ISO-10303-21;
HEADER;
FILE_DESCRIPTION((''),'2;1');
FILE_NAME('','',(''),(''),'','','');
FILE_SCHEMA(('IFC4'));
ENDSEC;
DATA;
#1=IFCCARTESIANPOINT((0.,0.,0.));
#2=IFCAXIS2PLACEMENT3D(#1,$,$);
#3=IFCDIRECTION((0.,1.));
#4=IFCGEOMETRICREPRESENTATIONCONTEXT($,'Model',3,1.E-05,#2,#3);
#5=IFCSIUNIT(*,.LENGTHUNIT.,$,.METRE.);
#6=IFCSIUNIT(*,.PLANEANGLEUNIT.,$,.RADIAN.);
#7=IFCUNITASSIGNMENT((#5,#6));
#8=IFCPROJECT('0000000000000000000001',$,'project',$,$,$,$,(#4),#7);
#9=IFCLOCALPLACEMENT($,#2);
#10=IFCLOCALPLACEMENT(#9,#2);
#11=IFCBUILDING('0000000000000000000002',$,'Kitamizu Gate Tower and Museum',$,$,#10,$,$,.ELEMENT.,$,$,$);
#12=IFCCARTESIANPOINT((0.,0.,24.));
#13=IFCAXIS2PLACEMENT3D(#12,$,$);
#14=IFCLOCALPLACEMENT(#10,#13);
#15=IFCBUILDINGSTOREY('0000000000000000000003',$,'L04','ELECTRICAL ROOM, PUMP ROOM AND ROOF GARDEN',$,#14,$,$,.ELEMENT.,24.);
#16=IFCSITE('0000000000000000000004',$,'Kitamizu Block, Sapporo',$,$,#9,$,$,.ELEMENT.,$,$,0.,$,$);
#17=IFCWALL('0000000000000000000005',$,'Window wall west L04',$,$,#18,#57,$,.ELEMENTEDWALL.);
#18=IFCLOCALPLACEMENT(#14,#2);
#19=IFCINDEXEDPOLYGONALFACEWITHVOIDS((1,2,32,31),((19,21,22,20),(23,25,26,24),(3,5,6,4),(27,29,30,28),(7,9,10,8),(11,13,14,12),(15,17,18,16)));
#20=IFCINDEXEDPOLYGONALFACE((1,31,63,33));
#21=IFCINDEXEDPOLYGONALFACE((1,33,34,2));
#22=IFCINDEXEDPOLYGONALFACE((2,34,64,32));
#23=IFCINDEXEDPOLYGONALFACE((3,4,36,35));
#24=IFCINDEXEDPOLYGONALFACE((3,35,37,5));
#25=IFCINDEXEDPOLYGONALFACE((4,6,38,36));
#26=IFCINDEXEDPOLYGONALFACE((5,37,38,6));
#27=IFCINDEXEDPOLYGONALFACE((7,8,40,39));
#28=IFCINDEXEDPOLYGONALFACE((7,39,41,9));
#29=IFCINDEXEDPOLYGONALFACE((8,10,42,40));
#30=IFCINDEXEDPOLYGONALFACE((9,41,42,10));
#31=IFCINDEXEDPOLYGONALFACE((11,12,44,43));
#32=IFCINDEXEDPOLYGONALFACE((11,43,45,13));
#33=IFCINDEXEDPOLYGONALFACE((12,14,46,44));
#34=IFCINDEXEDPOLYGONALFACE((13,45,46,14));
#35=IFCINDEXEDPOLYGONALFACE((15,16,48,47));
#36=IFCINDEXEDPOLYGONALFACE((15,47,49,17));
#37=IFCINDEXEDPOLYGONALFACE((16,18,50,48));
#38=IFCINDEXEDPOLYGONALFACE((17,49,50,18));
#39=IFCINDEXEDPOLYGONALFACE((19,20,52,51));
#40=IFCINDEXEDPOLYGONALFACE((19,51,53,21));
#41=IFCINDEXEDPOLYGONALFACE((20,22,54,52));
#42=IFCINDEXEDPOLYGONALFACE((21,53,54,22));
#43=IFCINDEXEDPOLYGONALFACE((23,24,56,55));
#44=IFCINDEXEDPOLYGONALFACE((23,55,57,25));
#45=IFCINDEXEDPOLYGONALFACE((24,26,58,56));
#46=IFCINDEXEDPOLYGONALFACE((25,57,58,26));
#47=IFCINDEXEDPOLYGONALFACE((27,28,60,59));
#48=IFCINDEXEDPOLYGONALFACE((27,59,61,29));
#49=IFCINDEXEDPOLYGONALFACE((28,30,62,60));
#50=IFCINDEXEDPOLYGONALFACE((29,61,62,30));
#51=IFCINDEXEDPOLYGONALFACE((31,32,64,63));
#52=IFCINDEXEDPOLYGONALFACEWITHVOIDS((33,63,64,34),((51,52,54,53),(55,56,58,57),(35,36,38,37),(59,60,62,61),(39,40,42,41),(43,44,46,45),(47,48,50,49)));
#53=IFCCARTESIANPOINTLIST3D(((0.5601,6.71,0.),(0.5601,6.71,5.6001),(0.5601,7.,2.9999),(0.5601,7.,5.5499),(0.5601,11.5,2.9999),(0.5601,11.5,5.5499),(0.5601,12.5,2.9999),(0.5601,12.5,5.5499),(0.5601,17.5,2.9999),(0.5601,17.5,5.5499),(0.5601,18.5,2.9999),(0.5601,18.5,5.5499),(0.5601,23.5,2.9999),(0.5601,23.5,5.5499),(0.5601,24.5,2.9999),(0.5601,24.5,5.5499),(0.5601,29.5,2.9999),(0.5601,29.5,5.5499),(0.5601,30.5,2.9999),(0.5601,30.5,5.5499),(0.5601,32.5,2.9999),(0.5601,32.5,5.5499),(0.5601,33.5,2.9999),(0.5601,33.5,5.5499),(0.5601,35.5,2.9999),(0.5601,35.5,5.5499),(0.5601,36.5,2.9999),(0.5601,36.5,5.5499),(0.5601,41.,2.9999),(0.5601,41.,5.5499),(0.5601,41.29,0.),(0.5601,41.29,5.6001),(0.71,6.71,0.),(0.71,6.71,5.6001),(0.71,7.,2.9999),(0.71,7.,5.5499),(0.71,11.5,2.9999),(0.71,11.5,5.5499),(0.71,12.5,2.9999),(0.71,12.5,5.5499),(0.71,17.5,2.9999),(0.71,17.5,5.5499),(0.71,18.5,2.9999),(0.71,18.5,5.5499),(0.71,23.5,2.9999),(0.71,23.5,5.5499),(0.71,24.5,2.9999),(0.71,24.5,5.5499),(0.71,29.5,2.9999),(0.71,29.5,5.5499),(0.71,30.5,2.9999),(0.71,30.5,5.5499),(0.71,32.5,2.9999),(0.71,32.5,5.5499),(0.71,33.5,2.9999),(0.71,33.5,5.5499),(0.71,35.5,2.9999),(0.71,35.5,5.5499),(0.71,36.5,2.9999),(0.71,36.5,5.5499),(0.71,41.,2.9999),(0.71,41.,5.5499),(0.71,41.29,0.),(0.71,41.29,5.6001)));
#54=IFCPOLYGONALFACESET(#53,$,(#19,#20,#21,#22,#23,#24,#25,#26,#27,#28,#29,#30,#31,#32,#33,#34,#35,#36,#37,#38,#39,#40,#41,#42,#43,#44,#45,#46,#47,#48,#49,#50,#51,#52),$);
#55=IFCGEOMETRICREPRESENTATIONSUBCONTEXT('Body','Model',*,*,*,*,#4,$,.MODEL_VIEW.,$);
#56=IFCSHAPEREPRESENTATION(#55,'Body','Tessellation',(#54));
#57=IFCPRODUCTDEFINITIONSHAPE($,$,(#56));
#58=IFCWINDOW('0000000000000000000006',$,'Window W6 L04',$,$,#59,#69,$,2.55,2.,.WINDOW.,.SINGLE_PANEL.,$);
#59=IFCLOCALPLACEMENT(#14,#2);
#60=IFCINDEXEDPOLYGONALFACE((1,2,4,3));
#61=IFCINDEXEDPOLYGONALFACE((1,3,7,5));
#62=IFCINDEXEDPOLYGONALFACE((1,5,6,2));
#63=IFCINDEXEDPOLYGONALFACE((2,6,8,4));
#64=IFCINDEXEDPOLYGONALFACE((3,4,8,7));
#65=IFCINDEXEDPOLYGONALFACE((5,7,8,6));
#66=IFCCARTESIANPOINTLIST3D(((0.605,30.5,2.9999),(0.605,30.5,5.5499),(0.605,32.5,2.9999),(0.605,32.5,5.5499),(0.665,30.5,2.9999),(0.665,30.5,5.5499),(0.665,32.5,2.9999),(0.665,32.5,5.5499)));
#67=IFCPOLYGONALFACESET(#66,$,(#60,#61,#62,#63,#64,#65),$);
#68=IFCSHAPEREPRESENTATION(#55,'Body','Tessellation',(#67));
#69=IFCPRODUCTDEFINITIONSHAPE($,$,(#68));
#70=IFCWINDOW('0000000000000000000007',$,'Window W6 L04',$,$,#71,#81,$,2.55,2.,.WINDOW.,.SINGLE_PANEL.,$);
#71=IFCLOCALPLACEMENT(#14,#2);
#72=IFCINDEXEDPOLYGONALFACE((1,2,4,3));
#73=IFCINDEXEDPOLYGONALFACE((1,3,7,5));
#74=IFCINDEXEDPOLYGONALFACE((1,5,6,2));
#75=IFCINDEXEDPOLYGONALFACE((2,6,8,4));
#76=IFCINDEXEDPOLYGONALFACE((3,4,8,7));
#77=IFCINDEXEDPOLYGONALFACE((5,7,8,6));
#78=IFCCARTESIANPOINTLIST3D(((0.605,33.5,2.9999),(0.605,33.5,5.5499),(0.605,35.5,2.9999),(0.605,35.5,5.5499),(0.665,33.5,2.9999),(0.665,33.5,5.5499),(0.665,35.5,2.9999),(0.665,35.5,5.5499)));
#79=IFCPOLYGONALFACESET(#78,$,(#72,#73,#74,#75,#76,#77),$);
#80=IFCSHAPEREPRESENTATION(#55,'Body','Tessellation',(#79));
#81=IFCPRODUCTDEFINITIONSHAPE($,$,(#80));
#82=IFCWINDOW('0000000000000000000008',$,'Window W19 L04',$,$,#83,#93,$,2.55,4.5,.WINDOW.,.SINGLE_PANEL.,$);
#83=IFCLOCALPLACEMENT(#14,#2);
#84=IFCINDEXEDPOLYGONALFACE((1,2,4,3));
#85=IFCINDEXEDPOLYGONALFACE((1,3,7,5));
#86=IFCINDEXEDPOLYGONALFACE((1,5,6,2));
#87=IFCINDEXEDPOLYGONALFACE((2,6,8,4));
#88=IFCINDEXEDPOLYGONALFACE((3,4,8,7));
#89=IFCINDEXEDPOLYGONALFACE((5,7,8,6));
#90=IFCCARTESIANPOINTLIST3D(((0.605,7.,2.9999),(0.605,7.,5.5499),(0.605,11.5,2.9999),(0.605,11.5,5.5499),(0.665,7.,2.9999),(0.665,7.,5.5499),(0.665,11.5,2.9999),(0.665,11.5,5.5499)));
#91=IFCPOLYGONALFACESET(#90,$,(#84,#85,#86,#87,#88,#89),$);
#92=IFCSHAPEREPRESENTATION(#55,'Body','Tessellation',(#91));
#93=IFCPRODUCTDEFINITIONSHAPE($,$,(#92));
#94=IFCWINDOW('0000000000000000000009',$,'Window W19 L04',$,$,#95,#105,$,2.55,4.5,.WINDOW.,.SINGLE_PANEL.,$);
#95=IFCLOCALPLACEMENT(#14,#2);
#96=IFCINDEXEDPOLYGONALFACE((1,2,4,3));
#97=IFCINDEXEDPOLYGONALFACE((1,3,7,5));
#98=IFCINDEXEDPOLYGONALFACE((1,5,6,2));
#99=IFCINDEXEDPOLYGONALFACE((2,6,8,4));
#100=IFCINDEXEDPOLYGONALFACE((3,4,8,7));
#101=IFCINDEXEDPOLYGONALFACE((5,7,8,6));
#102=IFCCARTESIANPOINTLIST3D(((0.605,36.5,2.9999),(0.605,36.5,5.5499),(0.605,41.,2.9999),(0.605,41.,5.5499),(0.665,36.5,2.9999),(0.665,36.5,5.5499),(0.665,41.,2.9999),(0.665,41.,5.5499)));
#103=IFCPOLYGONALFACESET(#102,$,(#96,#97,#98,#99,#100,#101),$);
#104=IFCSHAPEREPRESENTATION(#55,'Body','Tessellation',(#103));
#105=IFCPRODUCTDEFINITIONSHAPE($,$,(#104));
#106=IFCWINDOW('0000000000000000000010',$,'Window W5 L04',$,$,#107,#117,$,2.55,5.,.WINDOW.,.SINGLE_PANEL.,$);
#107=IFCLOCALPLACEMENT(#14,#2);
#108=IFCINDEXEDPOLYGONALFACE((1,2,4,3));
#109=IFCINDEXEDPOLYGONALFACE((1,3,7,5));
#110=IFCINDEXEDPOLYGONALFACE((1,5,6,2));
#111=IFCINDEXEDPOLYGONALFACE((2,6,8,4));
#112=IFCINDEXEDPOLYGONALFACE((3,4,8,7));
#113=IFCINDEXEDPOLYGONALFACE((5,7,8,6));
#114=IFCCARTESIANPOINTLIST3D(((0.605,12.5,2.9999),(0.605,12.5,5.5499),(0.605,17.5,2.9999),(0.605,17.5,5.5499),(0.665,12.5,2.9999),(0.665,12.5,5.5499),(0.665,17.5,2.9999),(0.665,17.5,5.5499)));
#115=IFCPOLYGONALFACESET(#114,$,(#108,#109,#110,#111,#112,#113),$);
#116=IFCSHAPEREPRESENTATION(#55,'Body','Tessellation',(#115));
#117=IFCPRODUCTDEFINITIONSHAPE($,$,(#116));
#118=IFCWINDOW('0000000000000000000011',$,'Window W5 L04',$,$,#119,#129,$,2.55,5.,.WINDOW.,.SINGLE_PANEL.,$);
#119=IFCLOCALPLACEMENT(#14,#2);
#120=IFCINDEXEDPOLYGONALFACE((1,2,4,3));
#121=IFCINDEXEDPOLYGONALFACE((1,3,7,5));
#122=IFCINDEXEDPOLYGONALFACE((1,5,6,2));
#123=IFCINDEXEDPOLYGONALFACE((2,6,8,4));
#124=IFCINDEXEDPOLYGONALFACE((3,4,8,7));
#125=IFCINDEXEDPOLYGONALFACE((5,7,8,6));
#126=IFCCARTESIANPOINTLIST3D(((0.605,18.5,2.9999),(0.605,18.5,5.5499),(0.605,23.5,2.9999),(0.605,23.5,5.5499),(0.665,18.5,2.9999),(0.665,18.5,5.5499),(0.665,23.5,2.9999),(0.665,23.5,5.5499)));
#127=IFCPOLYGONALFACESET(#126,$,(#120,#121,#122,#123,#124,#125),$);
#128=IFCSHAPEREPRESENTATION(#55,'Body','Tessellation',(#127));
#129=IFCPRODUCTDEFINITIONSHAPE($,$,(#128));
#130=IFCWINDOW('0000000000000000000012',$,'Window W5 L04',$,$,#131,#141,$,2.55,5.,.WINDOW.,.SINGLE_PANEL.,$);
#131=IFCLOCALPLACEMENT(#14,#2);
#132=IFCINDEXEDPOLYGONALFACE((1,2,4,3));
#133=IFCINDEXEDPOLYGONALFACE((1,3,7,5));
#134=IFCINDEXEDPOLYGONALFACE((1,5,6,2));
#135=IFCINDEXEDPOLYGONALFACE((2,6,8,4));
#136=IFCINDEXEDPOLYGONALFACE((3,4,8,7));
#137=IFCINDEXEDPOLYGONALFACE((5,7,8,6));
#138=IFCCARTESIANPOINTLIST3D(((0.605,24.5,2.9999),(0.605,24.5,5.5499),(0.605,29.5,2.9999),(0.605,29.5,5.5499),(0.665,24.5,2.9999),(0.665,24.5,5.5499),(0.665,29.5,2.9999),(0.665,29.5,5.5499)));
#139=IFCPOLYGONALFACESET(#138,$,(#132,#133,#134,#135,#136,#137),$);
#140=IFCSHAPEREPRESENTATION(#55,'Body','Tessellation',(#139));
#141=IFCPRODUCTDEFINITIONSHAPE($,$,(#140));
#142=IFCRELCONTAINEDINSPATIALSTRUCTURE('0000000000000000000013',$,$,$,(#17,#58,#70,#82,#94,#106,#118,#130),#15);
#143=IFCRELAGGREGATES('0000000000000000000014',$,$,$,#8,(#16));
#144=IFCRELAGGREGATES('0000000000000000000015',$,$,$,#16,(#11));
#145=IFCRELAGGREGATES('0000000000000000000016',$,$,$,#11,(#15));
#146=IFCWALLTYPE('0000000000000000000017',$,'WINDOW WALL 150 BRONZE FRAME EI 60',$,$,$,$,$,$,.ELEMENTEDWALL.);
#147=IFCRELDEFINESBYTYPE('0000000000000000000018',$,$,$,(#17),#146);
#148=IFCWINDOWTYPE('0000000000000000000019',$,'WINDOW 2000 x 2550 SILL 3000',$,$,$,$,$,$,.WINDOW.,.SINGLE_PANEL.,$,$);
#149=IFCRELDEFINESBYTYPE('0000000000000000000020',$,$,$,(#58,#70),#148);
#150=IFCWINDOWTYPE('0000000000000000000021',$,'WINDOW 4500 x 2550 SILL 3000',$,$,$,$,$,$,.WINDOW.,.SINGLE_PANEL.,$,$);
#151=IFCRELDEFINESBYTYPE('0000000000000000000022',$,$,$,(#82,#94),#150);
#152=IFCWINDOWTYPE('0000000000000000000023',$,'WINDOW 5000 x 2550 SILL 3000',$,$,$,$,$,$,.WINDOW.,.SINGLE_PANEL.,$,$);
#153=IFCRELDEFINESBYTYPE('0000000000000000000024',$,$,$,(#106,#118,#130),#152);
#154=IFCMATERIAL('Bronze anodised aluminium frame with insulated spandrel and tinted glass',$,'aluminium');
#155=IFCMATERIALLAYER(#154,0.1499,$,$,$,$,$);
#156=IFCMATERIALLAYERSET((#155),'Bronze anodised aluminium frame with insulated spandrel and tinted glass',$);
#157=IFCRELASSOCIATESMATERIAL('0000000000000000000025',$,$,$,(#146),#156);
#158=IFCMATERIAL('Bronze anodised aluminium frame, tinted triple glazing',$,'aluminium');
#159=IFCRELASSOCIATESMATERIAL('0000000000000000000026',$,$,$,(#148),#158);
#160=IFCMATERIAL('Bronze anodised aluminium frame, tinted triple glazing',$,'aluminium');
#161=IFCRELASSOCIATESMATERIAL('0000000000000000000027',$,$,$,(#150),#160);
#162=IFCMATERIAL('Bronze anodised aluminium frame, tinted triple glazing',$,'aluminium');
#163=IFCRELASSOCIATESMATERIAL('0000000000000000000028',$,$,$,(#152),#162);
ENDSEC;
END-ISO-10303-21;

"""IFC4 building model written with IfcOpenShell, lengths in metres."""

from ifc_helpers import new_model, si_unit, direction, frame, frame_2d, origin, place, context, subcontext, project, spatial, rectangle, extrude, material, layer, layer_set, type_object, element, fill, save


model = new_model("IFC4")

# Units and contexts
model_context = context("Model", 3, precision=1e-05, world=origin(), true_north=direction((0.0, 1.0)))
body_context = subcontext(model_context, "Body", "Model", "MODEL_VIEW")
ifc_project = project(units=[si_unit("LENGTHUNIT", "METRE"), si_unit("PLANEANGLEUNIT", "RADIAN")], contexts=[model_context])

# Site, building, storey
site_placement = place(None, origin())
site = spatial("IfcSite", under=ifc_project, at=site_placement, Name="Kitamizu Block, Sapporo", CompositionType="ELEMENT", RefElevation=0.0)
building_placement = place(site_placement, origin())
building = spatial("IfcBuilding", under=site, at=building_placement, Name="Kitamizu Gate Tower and Museum", CompositionType="ELEMENT")
storey_placement = place(building_placement, frame((0.0, 0.0, 24.0)))
storey = spatial("IfcBuildingStorey", under=building, at=storey_placement, Name="L04", Description="ELECTRICAL ROOM, PUMP ROOM AND ROOF GARDEN", CompositionType="ELEMENT", Elevation=24.0)

# Wall, openings, windows
ifc_material_1 = material(Name="Bronze anodised aluminium frame with insulated spandrel and tinted glass", Category="aluminium")
ifc_layer_1 = layer(ifc_material_1, 0.1499)
ifc_layer_set_1 = layer_set([ifc_layer_1], Name="Bronze anodised aluminium frame with insulated spandrel and tinted glass")
wall_type_1 = type_object("IfcWallType", Name="WINDOW WALL 150 BRONZE FRAME EI 60", PredefinedType="ELEMENTEDWALL", material=ifc_layer_set_1)
wall_1_placement = place(storey_placement, frame((0.635, 6.71, 0.0), z_axis=(0.0, 0.0, 1.0), x_axis=(0.0, 1.0, 0.0)))
wall_1 = element("IfcWall", 1, at=wall_1_placement, inside=storey, type_object=wall_type_1, Name="Window wall west L04", PredefinedType="ELEMENTEDWALL", context=body_context, shape_type="SweptSolid", body=[
    extrude(rectangle(XDim=34.5801, YDim=0.1499, at=frame_2d((17.29, 0.0))), origin(), (0.0, 0.0, 1.0), 5.6001),
])
opening_1_placement = place(wall_1_placement, frame((0.29, 0.0, 3.0)))
opening_1 = element("IfcOpeningElement", 2, at=opening_1_placement, cuts=wall_1, PredefinedType="OPENING", context=body_context, shape_type="SweptSolid", body=[
    extrude(rectangle(XDim=4.5, YDim=2.55, at=frame_2d((2.25, 1.2749))), frame((0.0, 0.085, 0.0), z_axis=(0.0, -1.0, 0.0), x_axis=(1.0, 0.0, 0.0)), (0.0, 0.0, 1.0), 0.1699),
])
opening_2_placement = place(wall_1_placement, frame((5.79, 0.0, 3.0)))
opening_2 = element("IfcOpeningElement", 3, at=opening_2_placement, cuts=wall_1, PredefinedType="OPENING", context=body_context, shape_type="SweptSolid", body=[
    extrude(rectangle(XDim=5.0, YDim=2.55, at=frame_2d((2.5, 1.2749))), frame((0.0, 0.085, 0.0), z_axis=(0.0, -1.0, 0.0), x_axis=(1.0, 0.0, 0.0)), (0.0, 0.0, 1.0), 0.1699),
])
opening_3_placement = place(wall_1_placement, frame((11.79, 0.0, 3.0)))
opening_3 = element("IfcOpeningElement", 4, at=opening_3_placement, cuts=wall_1, PredefinedType="OPENING", context=body_context, shape_type="SweptSolid", body=[
    extrude(rectangle(XDim=5.0, YDim=2.55, at=frame_2d((2.5, 1.2749))), frame((0.0, 0.085, 0.0), z_axis=(0.0, -1.0, 0.0), x_axis=(1.0, 0.0, 0.0)), (0.0, 0.0, 1.0), 0.1699),
])
opening_4_placement = place(wall_1_placement, frame((17.79, 0.0, 3.0)))
opening_4 = element("IfcOpeningElement", 5, at=opening_4_placement, cuts=wall_1, PredefinedType="OPENING", context=body_context, shape_type="SweptSolid", body=[
    extrude(rectangle(XDim=5.0, YDim=2.55, at=frame_2d((2.5, 1.2749))), frame((0.0, 0.085, 0.0), z_axis=(0.0, -1.0, 0.0), x_axis=(1.0, 0.0, 0.0)), (0.0, 0.0, 1.0), 0.1699),
])
opening_5_placement = place(wall_1_placement, frame((23.79, 0.0, 3.0)))
opening_5 = element("IfcOpeningElement", 6, at=opening_5_placement, cuts=wall_1, PredefinedType="OPENING", context=body_context, shape_type="SweptSolid", body=[
    extrude(rectangle(XDim=2.0, YDim=2.55, at=frame_2d((1.0, 1.2749))), frame((0.0, 0.085, 0.0), z_axis=(0.0, -1.0, 0.0), x_axis=(1.0, 0.0, 0.0)), (0.0, 0.0, 1.0), 0.1699),
])
opening_6_placement = place(wall_1_placement, frame((26.79, 0.0, 3.0)))
opening_6 = element("IfcOpeningElement", 7, at=opening_6_placement, cuts=wall_1, PredefinedType="OPENING", context=body_context, shape_type="SweptSolid", body=[
    extrude(rectangle(XDim=2.0, YDim=2.55, at=frame_2d((1.0, 1.2749))), frame((0.0, 0.085, 0.0), z_axis=(0.0, -1.0, 0.0), x_axis=(1.0, 0.0, 0.0)), (0.0, 0.0, 1.0), 0.1699),
])
opening_7_placement = place(wall_1_placement, frame((29.79, 0.0, 3.0)))
opening_7 = element("IfcOpeningElement", 8, at=opening_7_placement, cuts=wall_1, PredefinedType="OPENING", context=body_context, shape_type="SweptSolid", body=[
    extrude(rectangle(XDim=4.5, YDim=2.55, at=frame_2d((2.25, 1.2749))), frame((0.0, 0.085, 0.0), z_axis=(0.0, -1.0, 0.0), x_axis=(1.0, 0.0, 0.0)), (0.0, 0.0, 1.0), 0.1699),
])
ifc_material_2 = material(Name="Bronze anodised aluminium frame, tinted triple glazing", Category="aluminium")
window_type_1 = type_object("IfcWindowType", Name="WINDOW 2000 x 2550 SILL 3000", PartitioningType="SINGLE_PANEL", PredefinedType="WINDOW", material=ifc_material_2)
window_1_placement = place(opening_5_placement, origin())
window_1 = element("IfcWindow", 9, at=window_1_placement, inside=storey, type_object=window_type_1, Name="Window W6 L04", OverallHeight=2.55, OverallWidth=2.0, PartitioningType="SINGLE_PANEL", PredefinedType="WINDOW", context=body_context, shape_type="SweptSolid", body=[
    extrude(rectangle(XDim=2.0, YDim=2.55, at=frame_2d((1.0, 1.2749))), frame((0.0, 0.03, 0.0), z_axis=(0.0, -1.0, 0.0), x_axis=(1.0, 0.0, 0.0)), (0.0, 0.0, 1.0), 0.0601),
])
fill(opening_5, window_1)
window_2_placement = place(opening_6_placement, origin())
window_2 = element("IfcWindow", 10, at=window_2_placement, inside=storey, type_object=window_type_1, Name="Window W6 L04", OverallHeight=2.55, OverallWidth=2.0, PartitioningType="SINGLE_PANEL", PredefinedType="WINDOW", context=body_context, shape_type="SweptSolid", body=[
    extrude(rectangle(XDim=2.0, YDim=2.55, at=frame_2d((1.0, 1.2749))), frame((0.0, 0.03, 0.0), z_axis=(0.0, -1.0, 0.0), x_axis=(1.0, 0.0, 0.0)), (0.0, 0.0, 1.0), 0.0601),
])
fill(opening_6, window_2)
ifc_material_3 = material(Name="Bronze anodised aluminium frame, tinted triple glazing", Category="aluminium")
window_type_2 = type_object("IfcWindowType", Name="WINDOW 4500 x 2550 SILL 3000", PartitioningType="SINGLE_PANEL", PredefinedType="WINDOW", material=ifc_material_3)
window_3_placement = place(opening_1_placement, origin())
window_3 = element("IfcWindow", 11, at=window_3_placement, inside=storey, type_object=window_type_2, Name="Window W19 L04", OverallHeight=2.55, OverallWidth=4.5, PartitioningType="SINGLE_PANEL", PredefinedType="WINDOW", context=body_context, shape_type="SweptSolid", body=[
    extrude(rectangle(XDim=4.5, YDim=2.55, at=frame_2d((2.25, 1.2749))), frame((0.0, 0.03, 0.0), z_axis=(0.0, -1.0, 0.0), x_axis=(1.0, 0.0, 0.0)), (0.0, 0.0, 1.0), 0.0601),
])
fill(opening_1, window_3)
window_4_placement = place(opening_7_placement, origin())
window_4 = element("IfcWindow", 12, at=window_4_placement, inside=storey, type_object=window_type_2, Name="Window W19 L04", OverallHeight=2.55, OverallWidth=4.5, PartitioningType="SINGLE_PANEL", PredefinedType="WINDOW", context=body_context, shape_type="SweptSolid", body=[
    extrude(rectangle(XDim=4.5, YDim=2.55, at=frame_2d((2.25, 1.2749))), frame((0.0, 0.03, 0.0), z_axis=(0.0, -1.0, 0.0), x_axis=(1.0, 0.0, 0.0)), (0.0, 0.0, 1.0), 0.0601),
])
fill(opening_7, window_4)
ifc_material_4 = material(Name="Bronze anodised aluminium frame, tinted triple glazing", Category="aluminium")
window_type_3 = type_object("IfcWindowType", Name="WINDOW 5000 x 2550 SILL 3000", PartitioningType="SINGLE_PANEL", PredefinedType="WINDOW", material=ifc_material_4)
window_5_placement = place(opening_2_placement, origin())
window_5 = element("IfcWindow", 13, at=window_5_placement, inside=storey, type_object=window_type_3, Name="Window W5 L04", OverallHeight=2.55, OverallWidth=5.0, PartitioningType="SINGLE_PANEL", PredefinedType="WINDOW", context=body_context, shape_type="SweptSolid", body=[
    extrude(rectangle(XDim=5.0, YDim=2.55, at=frame_2d((2.5, 1.2749))), frame((0.0, 0.03, 0.0), z_axis=(0.0, -1.0, 0.0), x_axis=(1.0, 0.0, 0.0)), (0.0, 0.0, 1.0), 0.0601),
])
fill(opening_2, window_5)
window_6_placement = place(opening_3_placement, origin())
window_6 = element("IfcWindow", 14, at=window_6_placement, inside=storey, type_object=window_type_3, Name="Window W5 L04", OverallHeight=2.55, OverallWidth=5.0, PartitioningType="SINGLE_PANEL", PredefinedType="WINDOW", context=body_context, shape_type="SweptSolid", body=[
    extrude(rectangle(XDim=5.0, YDim=2.55, at=frame_2d((2.5, 1.2749))), frame((0.0, 0.03, 0.0), z_axis=(0.0, -1.0, 0.0), x_axis=(1.0, 0.0, 0.0)), (0.0, 0.0, 1.0), 0.0601),
])
fill(opening_3, window_6)
window_7_placement = place(opening_4_placement, origin())
window_7 = element("IfcWindow", 15, at=window_7_placement, inside=storey, type_object=window_type_3, Name="Window W5 L04", OverallHeight=2.55, OverallWidth=5.0, PartitioningType="SINGLE_PANEL", PredefinedType="WINDOW", context=body_context, shape_type="SweptSolid", body=[
    extrude(rectangle(XDim=5.0, YDim=2.55, at=frame_2d((2.5, 1.2749))), frame((0.0, 0.03, 0.0), z_axis=(0.0, -1.0, 0.0), x_axis=(1.0, 0.0, 0.0)), (0.0, 0.0, 1.0), 0.0601),
])
fill(opening_4, window_7)

save(model, "model.ifc")
